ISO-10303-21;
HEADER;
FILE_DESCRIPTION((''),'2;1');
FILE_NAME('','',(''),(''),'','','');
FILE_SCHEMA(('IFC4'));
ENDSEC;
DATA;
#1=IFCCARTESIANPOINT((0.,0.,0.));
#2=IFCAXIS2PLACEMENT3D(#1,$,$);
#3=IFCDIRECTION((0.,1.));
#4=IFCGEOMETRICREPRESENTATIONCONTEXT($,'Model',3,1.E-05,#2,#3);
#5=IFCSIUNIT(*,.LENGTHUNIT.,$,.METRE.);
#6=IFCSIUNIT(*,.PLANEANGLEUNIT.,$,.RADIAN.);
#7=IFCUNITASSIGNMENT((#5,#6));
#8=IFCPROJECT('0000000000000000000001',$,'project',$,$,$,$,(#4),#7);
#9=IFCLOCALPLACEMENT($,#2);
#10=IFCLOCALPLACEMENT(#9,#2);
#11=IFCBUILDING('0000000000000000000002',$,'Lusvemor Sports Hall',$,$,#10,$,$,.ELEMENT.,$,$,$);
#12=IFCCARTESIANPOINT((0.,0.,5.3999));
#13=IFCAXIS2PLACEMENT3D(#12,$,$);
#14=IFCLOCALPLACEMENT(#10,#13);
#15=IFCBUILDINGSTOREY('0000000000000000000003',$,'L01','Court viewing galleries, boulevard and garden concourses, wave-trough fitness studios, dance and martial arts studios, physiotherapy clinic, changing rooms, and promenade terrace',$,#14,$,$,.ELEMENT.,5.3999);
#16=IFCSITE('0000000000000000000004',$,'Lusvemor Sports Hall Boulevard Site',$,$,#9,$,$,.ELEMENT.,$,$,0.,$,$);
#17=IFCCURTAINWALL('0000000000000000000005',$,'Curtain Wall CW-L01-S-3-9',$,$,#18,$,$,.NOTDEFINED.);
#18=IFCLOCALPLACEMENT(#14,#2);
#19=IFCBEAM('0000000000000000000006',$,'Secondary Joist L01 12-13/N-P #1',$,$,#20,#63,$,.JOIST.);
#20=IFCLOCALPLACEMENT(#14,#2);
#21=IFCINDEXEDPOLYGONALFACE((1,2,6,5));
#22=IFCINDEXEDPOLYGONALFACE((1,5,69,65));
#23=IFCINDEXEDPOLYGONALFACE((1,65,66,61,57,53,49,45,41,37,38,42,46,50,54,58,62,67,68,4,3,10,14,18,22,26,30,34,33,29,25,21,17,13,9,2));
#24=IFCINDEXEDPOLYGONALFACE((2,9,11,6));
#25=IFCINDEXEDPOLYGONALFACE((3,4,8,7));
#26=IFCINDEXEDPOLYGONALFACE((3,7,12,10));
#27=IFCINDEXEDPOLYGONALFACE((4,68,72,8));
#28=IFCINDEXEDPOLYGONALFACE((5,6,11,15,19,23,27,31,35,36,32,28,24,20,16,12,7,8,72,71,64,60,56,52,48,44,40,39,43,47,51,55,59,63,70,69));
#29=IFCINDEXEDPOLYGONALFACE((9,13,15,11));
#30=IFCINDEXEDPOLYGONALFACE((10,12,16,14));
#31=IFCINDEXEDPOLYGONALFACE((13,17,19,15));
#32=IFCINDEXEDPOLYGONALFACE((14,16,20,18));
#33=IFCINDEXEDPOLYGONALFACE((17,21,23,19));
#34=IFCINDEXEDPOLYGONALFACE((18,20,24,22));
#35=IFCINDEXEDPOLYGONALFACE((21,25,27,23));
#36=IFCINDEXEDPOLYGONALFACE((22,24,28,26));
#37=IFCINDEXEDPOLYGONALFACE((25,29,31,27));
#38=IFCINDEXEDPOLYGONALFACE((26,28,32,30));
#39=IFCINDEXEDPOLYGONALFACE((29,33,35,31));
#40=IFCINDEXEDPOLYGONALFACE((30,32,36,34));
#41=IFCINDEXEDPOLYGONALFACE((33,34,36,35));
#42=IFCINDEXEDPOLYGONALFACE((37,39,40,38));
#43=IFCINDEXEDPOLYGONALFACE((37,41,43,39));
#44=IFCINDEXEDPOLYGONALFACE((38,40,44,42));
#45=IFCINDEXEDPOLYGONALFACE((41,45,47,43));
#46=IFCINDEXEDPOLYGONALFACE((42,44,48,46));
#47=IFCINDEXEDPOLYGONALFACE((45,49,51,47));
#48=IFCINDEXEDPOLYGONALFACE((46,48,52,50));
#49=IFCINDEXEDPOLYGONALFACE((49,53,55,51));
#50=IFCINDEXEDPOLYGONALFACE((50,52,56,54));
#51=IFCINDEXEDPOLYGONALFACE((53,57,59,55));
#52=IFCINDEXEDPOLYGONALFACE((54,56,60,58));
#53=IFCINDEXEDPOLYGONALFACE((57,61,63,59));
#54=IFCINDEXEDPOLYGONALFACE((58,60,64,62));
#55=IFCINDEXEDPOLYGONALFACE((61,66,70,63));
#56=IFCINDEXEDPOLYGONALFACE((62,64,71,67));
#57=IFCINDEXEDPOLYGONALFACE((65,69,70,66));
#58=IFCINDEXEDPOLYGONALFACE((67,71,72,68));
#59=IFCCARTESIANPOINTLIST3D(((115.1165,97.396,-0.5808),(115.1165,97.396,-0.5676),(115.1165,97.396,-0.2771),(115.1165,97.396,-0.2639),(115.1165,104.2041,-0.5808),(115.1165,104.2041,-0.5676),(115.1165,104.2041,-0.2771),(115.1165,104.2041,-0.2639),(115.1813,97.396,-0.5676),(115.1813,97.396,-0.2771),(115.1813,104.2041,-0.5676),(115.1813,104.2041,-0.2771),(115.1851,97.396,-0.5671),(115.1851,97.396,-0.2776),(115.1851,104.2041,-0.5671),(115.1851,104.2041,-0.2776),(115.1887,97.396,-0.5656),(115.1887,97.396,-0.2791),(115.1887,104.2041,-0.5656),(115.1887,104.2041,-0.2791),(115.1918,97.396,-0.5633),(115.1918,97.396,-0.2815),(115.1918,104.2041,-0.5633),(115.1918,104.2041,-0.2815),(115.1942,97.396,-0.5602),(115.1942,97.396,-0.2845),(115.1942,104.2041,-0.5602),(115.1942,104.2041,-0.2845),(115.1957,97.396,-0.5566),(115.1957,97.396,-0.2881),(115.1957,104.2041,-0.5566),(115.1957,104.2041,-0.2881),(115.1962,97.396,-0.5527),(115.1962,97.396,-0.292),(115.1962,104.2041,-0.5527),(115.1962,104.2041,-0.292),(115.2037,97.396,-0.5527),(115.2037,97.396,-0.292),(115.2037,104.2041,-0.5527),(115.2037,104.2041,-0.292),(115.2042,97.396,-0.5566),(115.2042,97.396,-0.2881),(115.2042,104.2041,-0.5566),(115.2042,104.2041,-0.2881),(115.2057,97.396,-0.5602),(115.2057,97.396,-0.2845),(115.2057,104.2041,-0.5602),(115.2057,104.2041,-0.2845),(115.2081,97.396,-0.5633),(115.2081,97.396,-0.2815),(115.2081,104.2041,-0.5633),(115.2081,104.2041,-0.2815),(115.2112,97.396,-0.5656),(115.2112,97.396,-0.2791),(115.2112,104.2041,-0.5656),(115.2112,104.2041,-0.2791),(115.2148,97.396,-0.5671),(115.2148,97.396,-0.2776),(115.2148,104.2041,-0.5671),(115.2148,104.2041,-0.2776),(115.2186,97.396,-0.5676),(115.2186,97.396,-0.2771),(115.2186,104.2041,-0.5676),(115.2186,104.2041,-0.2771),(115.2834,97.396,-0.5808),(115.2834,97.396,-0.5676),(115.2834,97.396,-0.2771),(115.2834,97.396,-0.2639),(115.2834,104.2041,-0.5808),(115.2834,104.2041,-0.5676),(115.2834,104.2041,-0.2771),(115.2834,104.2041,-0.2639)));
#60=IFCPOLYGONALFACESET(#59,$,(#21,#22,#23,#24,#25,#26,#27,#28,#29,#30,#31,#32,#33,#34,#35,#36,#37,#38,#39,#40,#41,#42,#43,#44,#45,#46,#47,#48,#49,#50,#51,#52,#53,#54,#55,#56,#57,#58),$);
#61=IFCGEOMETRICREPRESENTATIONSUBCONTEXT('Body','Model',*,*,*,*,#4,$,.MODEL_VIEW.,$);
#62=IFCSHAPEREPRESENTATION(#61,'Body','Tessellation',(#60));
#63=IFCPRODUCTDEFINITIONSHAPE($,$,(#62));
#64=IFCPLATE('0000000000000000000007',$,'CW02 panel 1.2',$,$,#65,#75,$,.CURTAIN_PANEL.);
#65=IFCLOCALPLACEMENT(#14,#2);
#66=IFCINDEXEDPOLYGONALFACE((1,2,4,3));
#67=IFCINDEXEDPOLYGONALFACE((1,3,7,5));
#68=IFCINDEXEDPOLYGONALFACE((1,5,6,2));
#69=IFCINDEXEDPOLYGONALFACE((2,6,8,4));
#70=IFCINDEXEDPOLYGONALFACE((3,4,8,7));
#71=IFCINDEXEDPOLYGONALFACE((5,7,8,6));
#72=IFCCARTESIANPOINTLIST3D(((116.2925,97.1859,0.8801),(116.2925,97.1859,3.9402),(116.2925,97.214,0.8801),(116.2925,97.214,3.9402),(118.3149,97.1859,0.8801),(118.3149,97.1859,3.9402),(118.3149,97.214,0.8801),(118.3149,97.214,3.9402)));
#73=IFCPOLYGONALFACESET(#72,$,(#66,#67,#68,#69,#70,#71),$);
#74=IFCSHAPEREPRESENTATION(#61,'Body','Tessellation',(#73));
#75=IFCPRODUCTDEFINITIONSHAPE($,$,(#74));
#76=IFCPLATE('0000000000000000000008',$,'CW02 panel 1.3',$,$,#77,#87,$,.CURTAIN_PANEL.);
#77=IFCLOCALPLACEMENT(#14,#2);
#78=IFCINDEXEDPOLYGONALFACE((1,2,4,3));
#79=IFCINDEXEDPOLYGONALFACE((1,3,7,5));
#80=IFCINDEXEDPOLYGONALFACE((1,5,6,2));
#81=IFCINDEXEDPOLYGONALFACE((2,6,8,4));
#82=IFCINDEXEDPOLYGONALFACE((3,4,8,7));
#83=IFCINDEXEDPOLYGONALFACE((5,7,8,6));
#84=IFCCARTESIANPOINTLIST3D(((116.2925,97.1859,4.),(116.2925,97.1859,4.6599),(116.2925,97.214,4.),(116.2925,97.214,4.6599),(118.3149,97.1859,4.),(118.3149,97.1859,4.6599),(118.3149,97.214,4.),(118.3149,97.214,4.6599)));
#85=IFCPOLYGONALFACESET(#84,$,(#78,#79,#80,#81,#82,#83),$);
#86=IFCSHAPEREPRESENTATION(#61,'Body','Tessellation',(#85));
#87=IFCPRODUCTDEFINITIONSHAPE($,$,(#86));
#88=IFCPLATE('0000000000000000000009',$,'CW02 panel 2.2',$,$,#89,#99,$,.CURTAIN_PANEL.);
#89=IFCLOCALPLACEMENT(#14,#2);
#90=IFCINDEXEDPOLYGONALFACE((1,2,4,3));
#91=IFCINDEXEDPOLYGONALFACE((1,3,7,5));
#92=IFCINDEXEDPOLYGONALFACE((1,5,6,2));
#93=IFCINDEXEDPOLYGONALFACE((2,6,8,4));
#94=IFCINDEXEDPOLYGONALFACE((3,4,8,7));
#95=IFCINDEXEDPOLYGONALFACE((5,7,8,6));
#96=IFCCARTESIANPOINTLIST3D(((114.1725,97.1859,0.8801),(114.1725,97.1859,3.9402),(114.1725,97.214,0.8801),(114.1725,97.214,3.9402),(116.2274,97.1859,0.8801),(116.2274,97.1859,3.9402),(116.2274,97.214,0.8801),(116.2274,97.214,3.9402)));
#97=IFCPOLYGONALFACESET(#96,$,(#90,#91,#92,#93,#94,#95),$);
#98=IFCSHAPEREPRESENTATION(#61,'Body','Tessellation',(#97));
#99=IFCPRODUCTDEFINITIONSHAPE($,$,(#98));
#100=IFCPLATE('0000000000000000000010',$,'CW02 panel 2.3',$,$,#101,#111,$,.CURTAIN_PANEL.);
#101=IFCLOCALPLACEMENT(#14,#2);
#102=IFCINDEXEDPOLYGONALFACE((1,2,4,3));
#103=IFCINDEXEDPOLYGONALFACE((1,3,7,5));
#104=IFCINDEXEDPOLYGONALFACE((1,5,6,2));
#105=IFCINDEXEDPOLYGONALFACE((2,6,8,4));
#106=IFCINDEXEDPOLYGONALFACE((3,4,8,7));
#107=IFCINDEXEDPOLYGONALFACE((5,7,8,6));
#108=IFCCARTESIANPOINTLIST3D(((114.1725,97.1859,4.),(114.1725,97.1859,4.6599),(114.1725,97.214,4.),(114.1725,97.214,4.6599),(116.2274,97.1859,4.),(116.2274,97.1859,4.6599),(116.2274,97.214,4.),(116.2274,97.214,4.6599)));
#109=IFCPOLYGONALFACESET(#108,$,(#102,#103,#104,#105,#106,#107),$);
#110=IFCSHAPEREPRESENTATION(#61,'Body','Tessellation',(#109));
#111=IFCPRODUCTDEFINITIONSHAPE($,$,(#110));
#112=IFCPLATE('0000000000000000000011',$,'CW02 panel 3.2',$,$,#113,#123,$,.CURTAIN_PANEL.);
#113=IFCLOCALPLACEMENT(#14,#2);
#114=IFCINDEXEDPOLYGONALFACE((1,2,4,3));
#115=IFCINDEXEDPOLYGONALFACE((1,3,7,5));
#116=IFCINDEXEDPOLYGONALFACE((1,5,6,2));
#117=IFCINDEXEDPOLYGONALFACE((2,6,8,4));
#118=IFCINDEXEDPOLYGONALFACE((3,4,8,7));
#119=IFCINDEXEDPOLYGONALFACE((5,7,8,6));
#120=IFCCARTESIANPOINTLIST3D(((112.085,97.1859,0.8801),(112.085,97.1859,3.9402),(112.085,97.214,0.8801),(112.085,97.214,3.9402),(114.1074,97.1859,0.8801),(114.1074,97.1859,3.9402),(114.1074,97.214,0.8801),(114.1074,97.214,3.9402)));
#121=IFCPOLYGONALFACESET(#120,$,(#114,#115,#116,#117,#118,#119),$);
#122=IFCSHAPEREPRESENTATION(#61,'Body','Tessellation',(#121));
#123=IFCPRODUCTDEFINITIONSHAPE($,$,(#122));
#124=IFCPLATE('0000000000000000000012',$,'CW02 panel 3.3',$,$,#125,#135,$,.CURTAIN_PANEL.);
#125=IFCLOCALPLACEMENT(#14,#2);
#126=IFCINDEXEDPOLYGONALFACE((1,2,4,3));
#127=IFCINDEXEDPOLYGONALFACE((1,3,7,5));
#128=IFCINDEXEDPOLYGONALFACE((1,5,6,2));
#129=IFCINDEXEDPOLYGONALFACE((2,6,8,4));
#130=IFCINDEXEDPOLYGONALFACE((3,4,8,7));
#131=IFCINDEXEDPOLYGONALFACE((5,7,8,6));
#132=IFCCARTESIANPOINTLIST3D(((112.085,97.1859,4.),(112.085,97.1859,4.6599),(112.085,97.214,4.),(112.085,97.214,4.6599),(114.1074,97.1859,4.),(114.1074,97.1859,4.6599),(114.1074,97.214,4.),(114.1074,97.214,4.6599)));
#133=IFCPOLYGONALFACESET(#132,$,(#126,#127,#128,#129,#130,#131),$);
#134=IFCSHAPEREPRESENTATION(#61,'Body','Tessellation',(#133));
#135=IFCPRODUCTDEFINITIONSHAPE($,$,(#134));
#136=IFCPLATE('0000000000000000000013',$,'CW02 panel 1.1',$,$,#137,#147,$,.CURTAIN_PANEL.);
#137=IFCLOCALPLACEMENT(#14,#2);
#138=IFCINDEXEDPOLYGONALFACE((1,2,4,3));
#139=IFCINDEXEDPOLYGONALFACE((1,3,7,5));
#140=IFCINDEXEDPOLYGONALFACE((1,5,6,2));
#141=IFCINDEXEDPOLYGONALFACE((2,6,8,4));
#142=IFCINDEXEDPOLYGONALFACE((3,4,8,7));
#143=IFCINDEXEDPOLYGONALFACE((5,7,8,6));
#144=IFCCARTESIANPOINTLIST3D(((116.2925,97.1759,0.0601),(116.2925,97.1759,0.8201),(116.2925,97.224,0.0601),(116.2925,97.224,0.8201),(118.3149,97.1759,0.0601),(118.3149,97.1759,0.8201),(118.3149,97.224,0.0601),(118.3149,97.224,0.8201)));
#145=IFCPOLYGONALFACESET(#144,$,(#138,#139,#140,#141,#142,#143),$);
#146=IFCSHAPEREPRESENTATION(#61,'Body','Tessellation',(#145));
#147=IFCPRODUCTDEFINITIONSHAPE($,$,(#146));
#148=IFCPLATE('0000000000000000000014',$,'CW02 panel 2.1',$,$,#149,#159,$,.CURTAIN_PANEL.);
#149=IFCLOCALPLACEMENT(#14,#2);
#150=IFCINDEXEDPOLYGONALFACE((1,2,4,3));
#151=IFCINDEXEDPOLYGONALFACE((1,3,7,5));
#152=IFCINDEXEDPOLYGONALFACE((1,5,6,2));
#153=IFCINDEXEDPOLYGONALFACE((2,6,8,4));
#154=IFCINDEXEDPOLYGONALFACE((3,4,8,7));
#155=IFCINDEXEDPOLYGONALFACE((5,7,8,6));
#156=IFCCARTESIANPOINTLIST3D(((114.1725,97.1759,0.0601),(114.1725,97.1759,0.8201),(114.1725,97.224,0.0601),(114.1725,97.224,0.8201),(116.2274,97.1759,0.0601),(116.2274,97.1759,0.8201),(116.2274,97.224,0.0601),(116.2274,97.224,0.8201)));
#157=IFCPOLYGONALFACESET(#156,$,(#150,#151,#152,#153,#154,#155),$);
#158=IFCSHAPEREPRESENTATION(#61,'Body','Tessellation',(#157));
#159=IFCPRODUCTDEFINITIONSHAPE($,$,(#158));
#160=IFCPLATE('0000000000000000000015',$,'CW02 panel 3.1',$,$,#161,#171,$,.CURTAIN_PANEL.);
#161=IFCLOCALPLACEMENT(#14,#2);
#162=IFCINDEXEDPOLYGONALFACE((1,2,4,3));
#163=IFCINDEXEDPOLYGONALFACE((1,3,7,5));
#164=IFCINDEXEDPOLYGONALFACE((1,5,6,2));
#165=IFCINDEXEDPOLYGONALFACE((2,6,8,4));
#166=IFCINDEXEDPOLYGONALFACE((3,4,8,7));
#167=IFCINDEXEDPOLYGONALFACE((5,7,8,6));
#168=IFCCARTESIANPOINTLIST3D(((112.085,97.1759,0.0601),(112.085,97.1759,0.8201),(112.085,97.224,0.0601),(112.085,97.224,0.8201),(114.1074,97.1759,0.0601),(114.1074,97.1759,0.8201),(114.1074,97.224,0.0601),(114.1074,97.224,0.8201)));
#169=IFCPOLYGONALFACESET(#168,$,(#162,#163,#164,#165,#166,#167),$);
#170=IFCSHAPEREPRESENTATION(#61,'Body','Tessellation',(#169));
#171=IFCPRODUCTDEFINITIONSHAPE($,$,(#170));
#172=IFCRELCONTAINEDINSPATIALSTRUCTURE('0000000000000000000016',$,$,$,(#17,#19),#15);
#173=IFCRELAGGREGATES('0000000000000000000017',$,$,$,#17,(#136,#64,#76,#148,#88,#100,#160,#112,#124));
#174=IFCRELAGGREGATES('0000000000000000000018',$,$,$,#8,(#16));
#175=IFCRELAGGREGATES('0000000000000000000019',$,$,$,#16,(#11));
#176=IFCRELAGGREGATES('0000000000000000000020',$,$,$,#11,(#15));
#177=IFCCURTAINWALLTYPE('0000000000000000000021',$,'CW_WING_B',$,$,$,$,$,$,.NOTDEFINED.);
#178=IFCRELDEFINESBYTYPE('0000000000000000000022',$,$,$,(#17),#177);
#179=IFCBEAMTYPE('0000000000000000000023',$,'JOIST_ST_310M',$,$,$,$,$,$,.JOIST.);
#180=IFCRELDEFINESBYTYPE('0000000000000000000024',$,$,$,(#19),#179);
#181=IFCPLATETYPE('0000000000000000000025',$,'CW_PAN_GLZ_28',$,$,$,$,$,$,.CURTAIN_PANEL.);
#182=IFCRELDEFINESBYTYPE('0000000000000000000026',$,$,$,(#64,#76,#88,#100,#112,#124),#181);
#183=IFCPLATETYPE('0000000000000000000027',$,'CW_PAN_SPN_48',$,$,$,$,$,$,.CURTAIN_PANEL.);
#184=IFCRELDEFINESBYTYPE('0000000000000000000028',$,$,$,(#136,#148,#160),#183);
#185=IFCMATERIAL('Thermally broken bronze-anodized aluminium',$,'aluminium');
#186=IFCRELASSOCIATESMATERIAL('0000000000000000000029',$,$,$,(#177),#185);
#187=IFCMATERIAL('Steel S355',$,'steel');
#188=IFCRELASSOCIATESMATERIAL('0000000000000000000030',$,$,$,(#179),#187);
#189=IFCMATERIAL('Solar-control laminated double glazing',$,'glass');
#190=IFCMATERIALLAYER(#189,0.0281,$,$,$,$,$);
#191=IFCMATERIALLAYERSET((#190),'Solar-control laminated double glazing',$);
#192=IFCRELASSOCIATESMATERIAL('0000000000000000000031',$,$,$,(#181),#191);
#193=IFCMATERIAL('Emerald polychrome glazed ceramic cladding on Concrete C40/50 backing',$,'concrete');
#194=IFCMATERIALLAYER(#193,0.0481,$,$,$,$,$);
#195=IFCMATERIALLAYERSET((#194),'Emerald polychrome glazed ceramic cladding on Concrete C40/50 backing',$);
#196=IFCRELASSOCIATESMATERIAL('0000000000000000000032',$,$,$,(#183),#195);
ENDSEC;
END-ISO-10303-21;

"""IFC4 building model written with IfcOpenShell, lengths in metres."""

from ifc_helpers import new_model, si_unit, direction, frame, origin, origin_2d, place, context, subcontext, project, spatial, rectangle, i_section, extrude, material, layer, layer_set, material_profile, profile_set, type_object, element, aggregate, save


model = new_model("IFC4")

# Units and contexts
model_context = context("Model", 3, precision=1e-05, world=origin(), true_north=direction((0.0, 1.0)))
body_context = subcontext(model_context, "Body", "Model", "MODEL_VIEW")
ifc_project = project(units=[si_unit("LENGTHUNIT", "METRE"), si_unit("PLANEANGLEUNIT", "RADIAN")], contexts=[model_context])

# Site, building, storey
site_placement = place(None, origin())
site = spatial("IfcSite", under=ifc_project, at=site_placement, Name="Lusvemor Sports Hall Boulevard Site", CompositionType="ELEMENT", RefElevation=0.0)
building_placement = place(site_placement, origin())
building = spatial("IfcBuilding", under=site, at=building_placement, Name="Lusvemor Sports Hall", CompositionType="ELEMENT")
storey_placement = place(building_placement, frame((0.0, 0.0, 5.3999)))
storey = spatial("IfcBuildingStorey", under=building, at=storey_placement, Name="L01", Description="Court viewing galleries, boulevard and garden concourses, wave-trough fitness studios, dance and martial arts studios, physiotherapy clinic, changing rooms, and promenade terrace", CompositionType="ELEMENT", Elevation=5.3999)

# Curtain wall
ifc_material_1 = material(Name="Thermally broken bronze-anodized aluminium", Category="aluminium")
curtain_wall_type = type_object("IfcCurtainWallType", Name="CW_WING_B", PredefinedType="NOTDEFINED", material=ifc_material_1)
curtain_wall_placement = place(storey_placement, origin())
curtain_wall = element("IfcCurtainWall", 1, at=curtain_wall_placement, inside=storey, type_object=curtain_wall_type, Name="Curtain Wall CW-L01-S-3-9", PredefinedType="NOTDEFINED")

# Beam
ifc_material_2 = material(Name="Steel S355", Category="steel")
ifc_material_profile_1 = material_profile(ifc_material_2, i_section(OverallWidth=0.167, OverallDepth=0.3169, WebThickness=0.0076, FlangeThickness=0.0132, FilletRadius=0.0149, at=origin_2d()), Name="W310x52.0")
ifc_profile_set_1 = profile_set([ifc_material_profile_1], Name="Steel S355")
beam_type_1 = type_object("IfcBeamType", Name="JOIST_ST_310M", PredefinedType="JOIST", material=ifc_profile_set_1)
for number, where, z_axis, x_axis, name in (
    (2, (115.2, 97.396, -0.4224), (0.0, 1.0, 0.0), (-1.0, 0.0, 0.0), "Secondary Joist L01 12-13/N-P #1"),
):
    element("IfcBeam", number, at=place(storey_placement, frame(where, z_axis=z_axis, x_axis=x_axis)), inside=storey, type_object=beam_type_1, Name=name, PredefinedType="JOIST", context=body_context, shape_type="SweptSolid", body=[
        extrude(i_section(OverallWidth=0.167, OverallDepth=0.3169, WebThickness=0.0076, FlangeThickness=0.0132, FilletRadius=0.0149, at=origin_2d()), origin(), (0.0, 0.0, 1.0), 6.8081),
    ])

# Plates
ifc_material_3 = material(Name="Solar-control laminated double glazing", Category="glass")
ifc_layer_1 = layer(ifc_material_3, 0.0281)
ifc_layer_set_1 = layer_set([ifc_layer_1], Name="Solar-control laminated double glazing")
plate_type_1 = type_object("IfcPlateType", Name="CW_PAN_GLZ_28", PredefinedType="CURTAIN_PANEL", material=ifc_layer_set_1)
plate_1_placement = place(storey_placement, frame((117.3037, 97.2, 0.8801), z_axis=(0.0, 0.0, 1.0), x_axis=(-1.0, 0.0, 0.0)))
plate_1 = element("IfcPlate", 3, at=plate_1_placement, type_object=plate_type_1, Name="CW02 panel 1.2", PredefinedType="CURTAIN_PANEL", context=body_context, shape_type="SweptSolid", body=[
    extrude(rectangle(XDim=2.0225, YDim=0.0281, at=origin_2d()), origin(), (0.0, 0.0, 1.0), 3.0601),
])
plate_2_placement = place(storey_placement, frame((117.3037, 97.2, 4.0), z_axis=(0.0, 0.0, 1.0), x_axis=(-1.0, 0.0, 0.0)))
plate_2 = element("IfcPlate", 4, at=plate_2_placement, type_object=plate_type_1, Name="CW02 panel 1.3", PredefinedType="CURTAIN_PANEL", context=body_context, shape_type="SweptSolid", body=[
    extrude(rectangle(XDim=2.0225, YDim=0.0281, at=origin_2d()), origin(), (0.0, 0.0, 1.0), 0.6599),
])
plate_3_placement = place(storey_placement, frame((115.2, 97.2, 0.8801), z_axis=(0.0, 0.0, 1.0), x_axis=(-1.0, 0.0, 0.0)))
plate_3 = element("IfcPlate", 5, at=plate_3_placement, type_object=plate_type_1, Name="CW02 panel 2.2", PredefinedType="CURTAIN_PANEL", context=body_context, shape_type="SweptSolid", body=[
    extrude(rectangle(XDim=2.0549, YDim=0.0281, at=origin_2d()), origin(), (0.0, 0.0, 1.0), 3.0601),
])
plate_4_placement = place(storey_placement, frame((115.2, 97.2, 4.0), z_axis=(0.0, 0.0, 1.0), x_axis=(-1.0, 0.0, 0.0)))
plate_4 = element("IfcPlate", 6, at=plate_4_placement, type_object=plate_type_1, Name="CW02 panel 2.3", PredefinedType="CURTAIN_PANEL", context=body_context, shape_type="SweptSolid", body=[
    extrude(rectangle(XDim=2.0549, YDim=0.0281, at=origin_2d()), origin(), (0.0, 0.0, 1.0), 0.6599),
])
plate_5_placement = place(storey_placement, frame((113.0962, 97.2, 0.8801), z_axis=(0.0, 0.0, 1.0), x_axis=(-1.0, 0.0, 0.0)))
plate_5 = element("IfcPlate", 7, at=plate_5_placement, type_object=plate_type_1, Name="CW02 panel 3.2", PredefinedType="CURTAIN_PANEL", context=body_context, shape_type="SweptSolid", body=[
    extrude(rectangle(XDim=2.0225, YDim=0.0281, at=origin_2d()), origin(), (0.0, 0.0, 1.0), 3.0601),
])
plate_6_placement = place(storey_placement, frame((113.0962, 97.2, 4.0), z_axis=(0.0, 0.0, 1.0), x_axis=(-1.0, 0.0, 0.0)))
plate_6 = element("IfcPlate", 8, at=plate_6_placement, type_object=plate_type_1, Name="CW02 panel 3.3", PredefinedType="CURTAIN_PANEL", context=body_context, shape_type="SweptSolid", body=[
    extrude(rectangle(XDim=2.0225, YDim=0.0281, at=origin_2d()), origin(), (0.0, 0.0, 1.0), 0.6599),
])
ifc_material_4 = material(Name="Emerald polychrome glazed ceramic cladding on Concrete C40/50 backing", Category="concrete")
ifc_layer_2 = layer(ifc_material_4, 0.0481)
ifc_layer_set_2 = layer_set([ifc_layer_2], Name="Emerald polychrome glazed ceramic cladding on Concrete C40/50 backing")
plate_type_2 = type_object("IfcPlateType", Name="CW_PAN_SPN_48", PredefinedType="CURTAIN_PANEL", material=ifc_layer_set_2)
plate_7_placement = place(storey_placement, frame((117.3037, 97.2, 0.0601), z_axis=(0.0, 0.0, 1.0), x_axis=(-1.0, 0.0, 0.0)))
plate_7 = element("IfcPlate", 9, at=plate_7_placement, type_object=plate_type_2, Name="CW02 panel 1.1", PredefinedType="CURTAIN_PANEL", context=body_context, shape_type="SweptSolid", body=[
    extrude(rectangle(XDim=2.0225, YDim=0.0481, at=origin_2d()), origin(), (0.0, 0.0, 1.0), 0.76),
])
plate_8_placement = place(storey_placement, frame((115.2, 97.2, 0.0601), z_axis=(0.0, 0.0, 1.0), x_axis=(-1.0, 0.0, 0.0)))
plate_8 = element("IfcPlate", 10, at=plate_8_placement, type_object=plate_type_2, Name="CW02 panel 2.1", PredefinedType="CURTAIN_PANEL", context=body_context, shape_type="SweptSolid", body=[
    extrude(rectangle(XDim=2.0549, YDim=0.0481, at=origin_2d()), origin(), (0.0, 0.0, 1.0), 0.76),
])
plate_9_placement = place(storey_placement, frame((113.0962, 97.2, 0.0601), z_axis=(0.0, 0.0, 1.0), x_axis=(-1.0, 0.0, 0.0)))
plate_9 = element("IfcPlate", 11, at=plate_9_placement, type_object=plate_type_2, Name="CW02 panel 3.1", PredefinedType="CURTAIN_PANEL", context=body_context, shape_type="SweptSolid", body=[
    extrude(rectangle(XDim=2.0225, YDim=0.0481, at=origin_2d()), origin(), (0.0, 0.0, 1.0), 0.76),
])
aggregate(curtain_wall, [plate_7, plate_1, plate_2, plate_8, plate_3, plate_4, plate_9, plate_5, plate_6])

save(model, "model.ifc")
